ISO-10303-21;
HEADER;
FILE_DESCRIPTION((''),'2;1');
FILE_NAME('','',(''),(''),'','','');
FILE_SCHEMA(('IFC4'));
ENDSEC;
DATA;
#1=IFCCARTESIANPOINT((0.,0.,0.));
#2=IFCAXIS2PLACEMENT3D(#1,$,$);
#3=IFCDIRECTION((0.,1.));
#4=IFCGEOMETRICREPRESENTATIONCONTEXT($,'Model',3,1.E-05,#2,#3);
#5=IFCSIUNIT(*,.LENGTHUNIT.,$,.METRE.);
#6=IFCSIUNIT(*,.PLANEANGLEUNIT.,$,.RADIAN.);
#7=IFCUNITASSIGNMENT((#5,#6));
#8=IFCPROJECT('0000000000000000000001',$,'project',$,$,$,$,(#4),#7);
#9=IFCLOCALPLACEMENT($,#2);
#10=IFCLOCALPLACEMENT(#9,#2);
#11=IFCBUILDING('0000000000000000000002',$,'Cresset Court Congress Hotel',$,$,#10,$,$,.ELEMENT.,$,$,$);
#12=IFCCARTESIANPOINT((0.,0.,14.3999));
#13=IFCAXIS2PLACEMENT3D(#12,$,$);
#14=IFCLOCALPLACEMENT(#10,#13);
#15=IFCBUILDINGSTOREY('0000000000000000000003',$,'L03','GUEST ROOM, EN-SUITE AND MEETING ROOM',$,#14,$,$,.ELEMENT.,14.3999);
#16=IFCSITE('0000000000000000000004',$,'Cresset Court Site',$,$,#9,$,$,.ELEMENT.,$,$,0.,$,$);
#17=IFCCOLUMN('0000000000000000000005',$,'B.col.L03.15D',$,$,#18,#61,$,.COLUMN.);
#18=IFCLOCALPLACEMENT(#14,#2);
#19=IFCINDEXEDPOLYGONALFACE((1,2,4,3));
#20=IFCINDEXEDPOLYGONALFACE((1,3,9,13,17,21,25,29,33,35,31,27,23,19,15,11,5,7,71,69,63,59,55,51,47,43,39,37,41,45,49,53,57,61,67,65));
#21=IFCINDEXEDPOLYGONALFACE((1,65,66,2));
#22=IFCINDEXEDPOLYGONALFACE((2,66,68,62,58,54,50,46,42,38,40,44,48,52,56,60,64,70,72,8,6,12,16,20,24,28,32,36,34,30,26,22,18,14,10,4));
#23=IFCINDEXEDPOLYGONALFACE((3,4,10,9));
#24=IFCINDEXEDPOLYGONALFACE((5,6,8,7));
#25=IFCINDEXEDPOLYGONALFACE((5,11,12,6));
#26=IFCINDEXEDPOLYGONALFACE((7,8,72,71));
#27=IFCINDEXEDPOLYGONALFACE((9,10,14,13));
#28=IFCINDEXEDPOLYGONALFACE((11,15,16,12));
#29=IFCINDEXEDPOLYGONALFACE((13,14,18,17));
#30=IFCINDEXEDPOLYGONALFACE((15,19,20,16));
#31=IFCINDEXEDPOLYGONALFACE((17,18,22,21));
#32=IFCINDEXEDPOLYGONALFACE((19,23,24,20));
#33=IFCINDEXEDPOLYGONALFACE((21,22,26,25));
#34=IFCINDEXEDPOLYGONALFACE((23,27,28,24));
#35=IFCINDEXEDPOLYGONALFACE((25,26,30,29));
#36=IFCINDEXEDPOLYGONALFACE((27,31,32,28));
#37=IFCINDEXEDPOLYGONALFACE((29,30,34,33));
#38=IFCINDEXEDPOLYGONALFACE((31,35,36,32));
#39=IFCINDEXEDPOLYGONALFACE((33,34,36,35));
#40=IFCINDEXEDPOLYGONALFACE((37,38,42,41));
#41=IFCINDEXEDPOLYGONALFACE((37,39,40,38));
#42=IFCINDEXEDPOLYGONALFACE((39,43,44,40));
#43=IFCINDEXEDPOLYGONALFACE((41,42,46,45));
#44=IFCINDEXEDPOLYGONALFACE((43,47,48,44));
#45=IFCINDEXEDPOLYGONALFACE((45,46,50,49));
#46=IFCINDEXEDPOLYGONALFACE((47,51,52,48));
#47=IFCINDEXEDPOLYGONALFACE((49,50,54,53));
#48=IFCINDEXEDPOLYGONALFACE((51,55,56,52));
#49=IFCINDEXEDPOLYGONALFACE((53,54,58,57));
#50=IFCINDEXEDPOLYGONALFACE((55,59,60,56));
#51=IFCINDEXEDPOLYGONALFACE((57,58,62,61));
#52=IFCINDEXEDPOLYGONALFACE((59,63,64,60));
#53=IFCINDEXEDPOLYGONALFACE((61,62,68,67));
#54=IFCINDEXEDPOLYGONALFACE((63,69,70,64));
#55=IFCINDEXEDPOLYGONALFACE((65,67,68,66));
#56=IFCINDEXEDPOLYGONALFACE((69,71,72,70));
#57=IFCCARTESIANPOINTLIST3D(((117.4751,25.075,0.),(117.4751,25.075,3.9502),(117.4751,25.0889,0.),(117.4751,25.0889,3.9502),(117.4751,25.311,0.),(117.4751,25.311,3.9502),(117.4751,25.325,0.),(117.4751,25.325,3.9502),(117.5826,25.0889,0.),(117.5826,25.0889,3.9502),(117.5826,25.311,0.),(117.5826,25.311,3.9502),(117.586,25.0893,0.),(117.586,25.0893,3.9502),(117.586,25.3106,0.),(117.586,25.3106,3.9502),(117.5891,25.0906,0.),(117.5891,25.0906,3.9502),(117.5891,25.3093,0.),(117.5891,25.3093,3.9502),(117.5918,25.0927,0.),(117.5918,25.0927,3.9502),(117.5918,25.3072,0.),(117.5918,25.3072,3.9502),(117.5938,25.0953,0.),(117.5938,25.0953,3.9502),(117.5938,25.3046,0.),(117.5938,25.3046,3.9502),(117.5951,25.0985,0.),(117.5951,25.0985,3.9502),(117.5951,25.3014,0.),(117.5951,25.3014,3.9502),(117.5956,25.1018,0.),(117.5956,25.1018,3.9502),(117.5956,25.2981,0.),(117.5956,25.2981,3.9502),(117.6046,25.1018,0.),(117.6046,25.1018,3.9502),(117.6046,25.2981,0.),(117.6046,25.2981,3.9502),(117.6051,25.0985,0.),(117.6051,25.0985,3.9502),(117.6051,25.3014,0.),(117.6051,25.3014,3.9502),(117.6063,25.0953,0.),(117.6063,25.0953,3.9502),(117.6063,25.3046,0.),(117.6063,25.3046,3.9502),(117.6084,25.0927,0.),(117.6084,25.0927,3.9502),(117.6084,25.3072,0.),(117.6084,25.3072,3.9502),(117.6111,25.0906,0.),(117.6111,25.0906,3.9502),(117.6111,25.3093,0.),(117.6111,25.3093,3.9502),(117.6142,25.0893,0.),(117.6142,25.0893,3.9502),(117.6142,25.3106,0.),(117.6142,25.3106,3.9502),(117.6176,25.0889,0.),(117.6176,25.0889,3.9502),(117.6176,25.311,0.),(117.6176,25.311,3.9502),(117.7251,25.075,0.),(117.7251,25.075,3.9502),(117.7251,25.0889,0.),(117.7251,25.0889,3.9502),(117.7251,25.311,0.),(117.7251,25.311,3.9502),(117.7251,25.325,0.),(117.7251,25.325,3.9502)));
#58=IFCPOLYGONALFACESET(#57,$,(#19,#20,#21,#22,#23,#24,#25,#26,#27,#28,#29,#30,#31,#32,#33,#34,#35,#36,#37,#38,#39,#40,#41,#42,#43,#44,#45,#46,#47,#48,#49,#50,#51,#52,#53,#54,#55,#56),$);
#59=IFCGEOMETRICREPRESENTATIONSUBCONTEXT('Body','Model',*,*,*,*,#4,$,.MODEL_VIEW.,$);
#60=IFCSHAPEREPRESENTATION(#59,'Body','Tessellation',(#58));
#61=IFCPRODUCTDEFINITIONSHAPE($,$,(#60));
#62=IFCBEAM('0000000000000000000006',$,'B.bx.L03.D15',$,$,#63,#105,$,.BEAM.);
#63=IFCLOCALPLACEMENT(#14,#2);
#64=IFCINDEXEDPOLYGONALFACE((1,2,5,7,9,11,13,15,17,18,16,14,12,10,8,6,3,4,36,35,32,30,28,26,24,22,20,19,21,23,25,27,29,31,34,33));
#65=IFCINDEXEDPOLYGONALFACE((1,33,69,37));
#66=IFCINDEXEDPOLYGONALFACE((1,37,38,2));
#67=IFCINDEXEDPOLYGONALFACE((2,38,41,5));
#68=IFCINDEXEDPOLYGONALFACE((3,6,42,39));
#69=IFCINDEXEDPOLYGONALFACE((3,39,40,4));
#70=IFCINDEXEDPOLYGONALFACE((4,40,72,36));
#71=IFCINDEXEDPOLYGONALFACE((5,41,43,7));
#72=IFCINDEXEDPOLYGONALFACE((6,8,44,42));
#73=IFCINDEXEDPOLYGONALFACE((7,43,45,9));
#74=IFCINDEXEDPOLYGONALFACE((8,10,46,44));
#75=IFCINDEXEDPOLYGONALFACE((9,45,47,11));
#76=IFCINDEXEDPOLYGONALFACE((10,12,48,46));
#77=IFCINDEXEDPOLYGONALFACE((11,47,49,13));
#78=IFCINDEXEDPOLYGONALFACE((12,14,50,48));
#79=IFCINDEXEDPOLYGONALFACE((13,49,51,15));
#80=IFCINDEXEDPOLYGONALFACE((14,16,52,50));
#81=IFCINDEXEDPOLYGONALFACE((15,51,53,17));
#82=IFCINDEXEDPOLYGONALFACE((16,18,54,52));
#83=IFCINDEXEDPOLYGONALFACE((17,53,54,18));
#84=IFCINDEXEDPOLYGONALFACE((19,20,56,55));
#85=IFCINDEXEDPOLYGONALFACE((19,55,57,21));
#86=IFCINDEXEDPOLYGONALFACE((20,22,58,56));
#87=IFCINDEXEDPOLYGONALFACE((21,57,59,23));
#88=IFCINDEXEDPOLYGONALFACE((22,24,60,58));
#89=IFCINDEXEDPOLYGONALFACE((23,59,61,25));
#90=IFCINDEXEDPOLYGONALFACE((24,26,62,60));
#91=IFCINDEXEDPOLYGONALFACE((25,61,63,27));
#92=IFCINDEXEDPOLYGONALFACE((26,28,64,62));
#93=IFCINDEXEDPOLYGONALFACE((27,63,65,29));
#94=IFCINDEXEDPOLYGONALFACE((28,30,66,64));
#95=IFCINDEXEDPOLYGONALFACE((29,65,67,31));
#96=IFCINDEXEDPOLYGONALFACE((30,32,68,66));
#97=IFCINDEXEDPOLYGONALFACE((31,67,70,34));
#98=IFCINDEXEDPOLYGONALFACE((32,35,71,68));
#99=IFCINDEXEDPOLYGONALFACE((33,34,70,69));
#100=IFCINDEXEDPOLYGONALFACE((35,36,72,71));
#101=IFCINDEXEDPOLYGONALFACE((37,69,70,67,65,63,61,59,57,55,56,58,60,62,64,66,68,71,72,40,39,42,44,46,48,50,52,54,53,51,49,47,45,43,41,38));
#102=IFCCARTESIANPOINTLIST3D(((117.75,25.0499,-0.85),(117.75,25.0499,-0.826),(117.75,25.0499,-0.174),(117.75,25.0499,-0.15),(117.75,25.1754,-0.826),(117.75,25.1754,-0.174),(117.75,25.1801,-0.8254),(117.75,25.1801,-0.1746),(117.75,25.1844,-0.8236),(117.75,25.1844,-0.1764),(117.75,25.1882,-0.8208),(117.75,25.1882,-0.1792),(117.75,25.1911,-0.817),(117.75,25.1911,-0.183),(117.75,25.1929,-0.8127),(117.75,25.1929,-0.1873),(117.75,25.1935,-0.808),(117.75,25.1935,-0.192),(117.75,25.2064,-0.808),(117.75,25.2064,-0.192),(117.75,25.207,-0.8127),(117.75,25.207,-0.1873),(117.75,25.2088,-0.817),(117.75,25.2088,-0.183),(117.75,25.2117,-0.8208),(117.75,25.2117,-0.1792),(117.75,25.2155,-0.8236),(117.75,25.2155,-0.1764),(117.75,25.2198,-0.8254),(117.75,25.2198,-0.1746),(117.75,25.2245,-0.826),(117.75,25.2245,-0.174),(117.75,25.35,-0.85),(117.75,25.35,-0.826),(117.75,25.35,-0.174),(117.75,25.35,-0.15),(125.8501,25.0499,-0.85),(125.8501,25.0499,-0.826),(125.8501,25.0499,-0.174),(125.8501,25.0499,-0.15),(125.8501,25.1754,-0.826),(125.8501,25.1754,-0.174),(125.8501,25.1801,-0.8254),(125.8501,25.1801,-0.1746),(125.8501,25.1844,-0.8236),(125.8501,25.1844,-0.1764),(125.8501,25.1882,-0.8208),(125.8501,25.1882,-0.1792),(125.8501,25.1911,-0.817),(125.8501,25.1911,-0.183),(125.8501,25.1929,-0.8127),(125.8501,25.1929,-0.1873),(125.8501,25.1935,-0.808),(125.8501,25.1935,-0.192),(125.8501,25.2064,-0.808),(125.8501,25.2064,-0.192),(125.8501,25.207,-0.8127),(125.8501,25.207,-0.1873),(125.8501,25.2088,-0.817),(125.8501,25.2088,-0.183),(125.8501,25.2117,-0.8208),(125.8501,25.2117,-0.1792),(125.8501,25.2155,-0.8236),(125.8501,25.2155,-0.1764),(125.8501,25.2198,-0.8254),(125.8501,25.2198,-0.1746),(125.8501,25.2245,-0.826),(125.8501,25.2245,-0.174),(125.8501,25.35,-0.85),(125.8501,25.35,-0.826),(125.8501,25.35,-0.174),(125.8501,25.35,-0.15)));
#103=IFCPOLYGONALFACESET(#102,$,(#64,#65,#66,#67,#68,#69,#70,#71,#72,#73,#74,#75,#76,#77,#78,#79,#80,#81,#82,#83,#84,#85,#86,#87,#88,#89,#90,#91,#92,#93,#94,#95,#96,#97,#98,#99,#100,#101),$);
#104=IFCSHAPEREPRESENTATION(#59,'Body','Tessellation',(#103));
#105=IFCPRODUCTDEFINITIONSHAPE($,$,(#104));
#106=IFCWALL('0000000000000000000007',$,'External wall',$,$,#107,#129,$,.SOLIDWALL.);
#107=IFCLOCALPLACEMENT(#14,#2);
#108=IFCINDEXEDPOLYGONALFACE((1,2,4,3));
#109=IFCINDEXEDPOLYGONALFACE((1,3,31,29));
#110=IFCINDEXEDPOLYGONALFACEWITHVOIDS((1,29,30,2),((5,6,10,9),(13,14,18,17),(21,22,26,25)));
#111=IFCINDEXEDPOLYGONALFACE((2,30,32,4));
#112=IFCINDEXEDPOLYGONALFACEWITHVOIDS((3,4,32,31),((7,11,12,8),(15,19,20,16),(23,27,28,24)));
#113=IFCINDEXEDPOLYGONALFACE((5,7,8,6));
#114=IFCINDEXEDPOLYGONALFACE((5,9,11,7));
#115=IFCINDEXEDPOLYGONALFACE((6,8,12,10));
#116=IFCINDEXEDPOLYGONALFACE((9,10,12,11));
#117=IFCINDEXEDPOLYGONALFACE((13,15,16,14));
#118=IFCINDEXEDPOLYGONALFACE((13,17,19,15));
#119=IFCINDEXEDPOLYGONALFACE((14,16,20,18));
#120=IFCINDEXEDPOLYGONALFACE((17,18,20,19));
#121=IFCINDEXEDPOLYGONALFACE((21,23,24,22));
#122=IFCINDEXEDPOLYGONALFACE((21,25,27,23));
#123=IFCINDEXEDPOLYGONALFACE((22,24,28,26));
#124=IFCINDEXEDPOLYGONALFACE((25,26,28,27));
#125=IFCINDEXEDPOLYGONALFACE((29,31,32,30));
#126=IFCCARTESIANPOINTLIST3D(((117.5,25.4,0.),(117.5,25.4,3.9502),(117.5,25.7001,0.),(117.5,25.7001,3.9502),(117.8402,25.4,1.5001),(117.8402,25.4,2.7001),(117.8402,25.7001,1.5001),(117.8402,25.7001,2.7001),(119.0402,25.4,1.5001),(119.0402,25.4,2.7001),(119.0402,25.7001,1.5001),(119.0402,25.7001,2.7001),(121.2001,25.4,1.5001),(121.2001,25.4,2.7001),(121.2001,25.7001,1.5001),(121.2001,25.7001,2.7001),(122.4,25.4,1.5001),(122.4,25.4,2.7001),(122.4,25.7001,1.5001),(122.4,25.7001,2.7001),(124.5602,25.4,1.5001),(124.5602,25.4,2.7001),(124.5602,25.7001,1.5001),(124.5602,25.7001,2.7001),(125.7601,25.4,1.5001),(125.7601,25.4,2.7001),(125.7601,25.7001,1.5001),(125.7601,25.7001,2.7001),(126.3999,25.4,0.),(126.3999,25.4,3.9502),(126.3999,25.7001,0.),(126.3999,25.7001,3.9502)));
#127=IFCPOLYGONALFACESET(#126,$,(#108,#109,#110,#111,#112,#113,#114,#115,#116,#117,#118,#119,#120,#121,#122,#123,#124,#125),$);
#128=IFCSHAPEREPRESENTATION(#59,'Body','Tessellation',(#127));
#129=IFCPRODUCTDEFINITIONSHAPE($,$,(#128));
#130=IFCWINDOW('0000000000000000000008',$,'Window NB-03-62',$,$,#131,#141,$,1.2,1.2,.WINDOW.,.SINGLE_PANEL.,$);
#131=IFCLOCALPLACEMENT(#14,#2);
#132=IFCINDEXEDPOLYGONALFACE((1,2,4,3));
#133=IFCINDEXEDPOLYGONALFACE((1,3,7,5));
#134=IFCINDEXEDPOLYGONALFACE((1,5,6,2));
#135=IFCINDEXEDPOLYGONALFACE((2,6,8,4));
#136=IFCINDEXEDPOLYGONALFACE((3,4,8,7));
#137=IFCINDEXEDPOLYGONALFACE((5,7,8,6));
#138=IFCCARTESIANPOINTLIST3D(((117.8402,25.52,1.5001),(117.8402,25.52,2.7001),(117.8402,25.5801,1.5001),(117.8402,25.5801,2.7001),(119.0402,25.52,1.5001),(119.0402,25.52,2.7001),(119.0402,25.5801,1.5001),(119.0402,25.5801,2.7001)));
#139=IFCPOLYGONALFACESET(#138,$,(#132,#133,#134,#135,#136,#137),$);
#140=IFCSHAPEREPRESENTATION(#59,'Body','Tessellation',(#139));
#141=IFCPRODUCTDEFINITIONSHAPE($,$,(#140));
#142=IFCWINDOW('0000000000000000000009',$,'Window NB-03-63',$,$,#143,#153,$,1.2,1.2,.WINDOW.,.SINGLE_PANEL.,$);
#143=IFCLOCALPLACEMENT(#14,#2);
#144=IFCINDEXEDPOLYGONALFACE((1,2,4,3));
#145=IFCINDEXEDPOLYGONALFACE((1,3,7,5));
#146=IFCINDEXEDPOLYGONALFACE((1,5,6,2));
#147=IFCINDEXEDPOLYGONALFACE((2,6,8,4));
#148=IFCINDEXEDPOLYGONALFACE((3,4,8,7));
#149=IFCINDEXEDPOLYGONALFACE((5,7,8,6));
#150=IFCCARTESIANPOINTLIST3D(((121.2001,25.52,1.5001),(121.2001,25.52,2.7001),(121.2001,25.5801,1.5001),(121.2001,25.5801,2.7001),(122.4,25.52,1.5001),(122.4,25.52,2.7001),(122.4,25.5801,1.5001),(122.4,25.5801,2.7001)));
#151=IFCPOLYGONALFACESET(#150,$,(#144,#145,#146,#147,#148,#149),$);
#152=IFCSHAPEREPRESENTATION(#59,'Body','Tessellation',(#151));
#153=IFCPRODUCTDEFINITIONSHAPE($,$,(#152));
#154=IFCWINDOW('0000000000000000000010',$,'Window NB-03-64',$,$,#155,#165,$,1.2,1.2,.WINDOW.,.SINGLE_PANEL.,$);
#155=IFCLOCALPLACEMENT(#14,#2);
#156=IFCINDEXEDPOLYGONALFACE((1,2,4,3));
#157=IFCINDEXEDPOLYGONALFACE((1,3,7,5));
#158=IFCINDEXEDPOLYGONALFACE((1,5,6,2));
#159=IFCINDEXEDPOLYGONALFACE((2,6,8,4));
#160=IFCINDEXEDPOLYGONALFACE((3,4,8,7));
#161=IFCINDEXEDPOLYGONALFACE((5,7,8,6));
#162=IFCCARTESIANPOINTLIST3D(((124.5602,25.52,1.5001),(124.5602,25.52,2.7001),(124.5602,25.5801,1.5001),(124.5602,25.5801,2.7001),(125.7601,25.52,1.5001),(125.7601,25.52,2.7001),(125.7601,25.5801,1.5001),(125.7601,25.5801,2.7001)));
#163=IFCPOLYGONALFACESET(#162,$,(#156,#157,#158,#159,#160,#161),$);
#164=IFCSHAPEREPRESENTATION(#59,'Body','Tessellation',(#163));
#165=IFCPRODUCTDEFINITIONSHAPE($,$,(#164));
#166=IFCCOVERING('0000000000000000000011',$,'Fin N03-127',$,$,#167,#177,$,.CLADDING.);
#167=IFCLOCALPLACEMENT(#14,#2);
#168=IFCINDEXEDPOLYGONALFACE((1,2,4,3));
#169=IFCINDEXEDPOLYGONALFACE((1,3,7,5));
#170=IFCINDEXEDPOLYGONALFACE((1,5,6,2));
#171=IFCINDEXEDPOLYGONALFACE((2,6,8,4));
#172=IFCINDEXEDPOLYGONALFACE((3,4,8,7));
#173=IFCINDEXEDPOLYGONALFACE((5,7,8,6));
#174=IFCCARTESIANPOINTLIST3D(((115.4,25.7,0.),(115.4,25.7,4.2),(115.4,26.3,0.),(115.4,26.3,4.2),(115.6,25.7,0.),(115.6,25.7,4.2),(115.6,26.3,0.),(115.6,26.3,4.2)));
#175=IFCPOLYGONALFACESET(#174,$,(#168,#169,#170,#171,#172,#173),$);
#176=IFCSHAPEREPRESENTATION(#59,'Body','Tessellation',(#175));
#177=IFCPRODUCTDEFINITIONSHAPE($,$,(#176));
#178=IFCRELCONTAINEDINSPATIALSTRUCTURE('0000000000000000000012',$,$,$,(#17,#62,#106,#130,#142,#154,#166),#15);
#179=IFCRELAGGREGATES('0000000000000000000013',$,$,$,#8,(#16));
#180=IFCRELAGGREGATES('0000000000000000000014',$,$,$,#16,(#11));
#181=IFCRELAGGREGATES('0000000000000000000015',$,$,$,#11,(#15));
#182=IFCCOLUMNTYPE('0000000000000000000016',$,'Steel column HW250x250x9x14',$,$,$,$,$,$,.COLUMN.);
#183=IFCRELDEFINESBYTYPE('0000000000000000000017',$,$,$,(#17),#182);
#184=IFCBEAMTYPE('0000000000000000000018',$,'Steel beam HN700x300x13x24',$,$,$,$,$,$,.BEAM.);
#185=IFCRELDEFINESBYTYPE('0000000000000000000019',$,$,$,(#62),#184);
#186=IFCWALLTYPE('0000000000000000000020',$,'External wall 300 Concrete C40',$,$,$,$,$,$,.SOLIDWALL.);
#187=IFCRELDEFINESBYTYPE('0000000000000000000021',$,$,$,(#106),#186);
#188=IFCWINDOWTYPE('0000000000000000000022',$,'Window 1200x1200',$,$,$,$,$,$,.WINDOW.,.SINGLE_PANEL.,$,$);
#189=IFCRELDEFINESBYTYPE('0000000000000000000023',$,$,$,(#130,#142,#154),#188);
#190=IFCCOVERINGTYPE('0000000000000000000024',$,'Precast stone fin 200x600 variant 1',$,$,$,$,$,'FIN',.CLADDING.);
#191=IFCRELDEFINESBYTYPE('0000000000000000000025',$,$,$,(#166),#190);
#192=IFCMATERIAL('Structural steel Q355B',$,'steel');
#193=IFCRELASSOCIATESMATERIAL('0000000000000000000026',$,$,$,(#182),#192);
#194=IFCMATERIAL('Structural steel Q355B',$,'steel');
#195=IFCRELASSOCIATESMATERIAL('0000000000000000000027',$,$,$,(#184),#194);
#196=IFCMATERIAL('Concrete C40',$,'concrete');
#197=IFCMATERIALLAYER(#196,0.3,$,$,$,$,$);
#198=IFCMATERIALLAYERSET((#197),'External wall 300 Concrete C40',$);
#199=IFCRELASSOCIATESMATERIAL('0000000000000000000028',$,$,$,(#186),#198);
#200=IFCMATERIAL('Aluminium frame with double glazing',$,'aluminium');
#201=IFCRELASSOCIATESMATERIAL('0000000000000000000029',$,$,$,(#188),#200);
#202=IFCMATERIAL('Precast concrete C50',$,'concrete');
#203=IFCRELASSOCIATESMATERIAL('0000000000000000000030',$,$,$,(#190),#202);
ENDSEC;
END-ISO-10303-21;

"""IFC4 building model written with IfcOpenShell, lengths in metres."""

from ifc_helpers import new_model, si_unit, direction, frame, frame_2d, origin, origin_2d, place, context, subcontext, project, spatial, rectangle, i_section, extrude, material, layer, layer_set, material_profile, profile_set, type_object, element, fill, save


model = new_model("IFC4")

# Units and contexts
model_context = context("Model", 3, precision=1e-05, world=origin(), true_north=direction((0.0, 1.0)))
body_context = subcontext(model_context, "Body", "Model", "MODEL_VIEW")
ifc_project = project(units=[si_unit("LENGTHUNIT", "METRE"), si_unit("PLANEANGLEUNIT", "RADIAN")], contexts=[model_context])

# Site, building, storey
site_placement = place(None, origin())
site = spatial("IfcSite", under=ifc_project, at=site_placement, Name="Cresset Court Site", CompositionType="ELEMENT", RefElevation=0.0)
building_placement = place(site_placement, origin())
building = spatial("IfcBuilding", under=site, at=building_placement, Name="Cresset Court Congress Hotel", CompositionType="ELEMENT")
storey_placement = place(building_placement, frame((0.0, 0.0, 14.3999)))
storey = spatial("IfcBuildingStorey", under=building, at=storey_placement, Name="L03", Description="GUEST ROOM, EN-SUITE AND MEETING ROOM", CompositionType="ELEMENT", Elevation=14.3999)

# Column
ifc_material_1 = material(Name="Structural steel Q355B", Category="steel")
ifc_material_profile_1 = material_profile(ifc_material_1, i_section(OverallWidth=0.25, OverallDepth=0.25, WebThickness=0.009, FlangeThickness=0.0139, FilletRadius=0.0129, at=origin_2d()), Name="HW250x250x9x14")
ifc_profile_set_1 = profile_set([ifc_material_profile_1], Name="Structural steel Q355B")
column_type = type_object("IfcColumnType", Name="Steel column HW250x250x9x14", PredefinedType="COLUMN", material=ifc_profile_set_1)
column_placement = place(storey_placement, frame((117.6001, 25.2, 0.0), z_axis=(0.0, 0.0, 1.0), x_axis=(1.0, 0.0, 0.0)))
element("IfcColumn", 1, at=column_placement, inside=storey, type_object=column_type, Name="B.col.L03.15D", PredefinedType="COLUMN", context=body_context, shape_type="SweptSolid", body=[
    extrude(i_section(OverallWidth=0.25, OverallDepth=0.25, WebThickness=0.009, FlangeThickness=0.0139, FilletRadius=0.0129, at=origin_2d()), origin(), (0.0, 0.0, 1.0), 3.9502),
])

# Beam
ifc_material_2 = material(Name="Structural steel Q355B", Category="steel")
ifc_material_profile_2 = material_profile(ifc_material_2, i_section(OverallWidth=0.3, OverallDepth=0.7, WebThickness=0.0129, FlangeThickness=0.0239, FilletRadius=0.0181, at=origin_2d()), Name="HN700x300x13x24")
ifc_profile_set_2 = profile_set([ifc_material_profile_2], Name="Structural steel Q355B")
beam_type = type_object("IfcBeamType", Name="Steel beam HN700x300x13x24", PredefinedType="BEAM", material=ifc_profile_set_2)
beam_placement = place(storey_placement, frame((117.75, 25.2, -0.5), z_axis=(1.0, 0.0, 0.0), x_axis=(0.0, 1.0, 0.0)))
element("IfcBeam", 2, at=beam_placement, inside=storey, type_object=beam_type, Name="B.bx.L03.D15", PredefinedType="BEAM", context=body_context, shape_type="SweptSolid", body=[
    extrude(i_section(OverallWidth=0.3, OverallDepth=0.7, WebThickness=0.0129, FlangeThickness=0.0239, FilletRadius=0.0181, at=origin_2d()), origin(), (0.0, 0.0, 1.0), 8.1001),
])

# Wall, openings, windows
ifc_material_3 = material(Name="Concrete C40", Category="concrete")
ifc_layer = layer(ifc_material_3, 0.3)
ifc_layer_set = layer_set([ifc_layer], Name="External wall 300 Concrete C40")
wall_type = type_object("IfcWallType", Name="External wall 300 Concrete C40", PredefinedType="SOLIDWALL", material=ifc_layer_set)
wall_placement = place(storey_placement, frame((117.5, 25.55, 0.0), z_axis=(0.0, 0.0, 1.0), x_axis=(1.0, 0.0, 0.0)))
wall = element("IfcWall", 3, at=wall_placement, inside=storey, type_object=wall_type, Name="External wall", PredefinedType="SOLIDWALL", context=body_context, shape_type="SweptSolid", body=[
    extrude(rectangle(XDim=8.8999, YDim=0.3, at=frame_2d((4.45, 0.0))), origin(), (0.0, 0.0, 1.0), 3.9502),
])
opening_1_placement = place(wall_placement, frame((0.3401, 0.0, 1.5)))
opening_1 = element("IfcOpeningElement", 4, at=opening_1_placement, cuts=wall, PredefinedType="OPENING", context=body_context, shape_type="SweptSolid", body=[
    extrude(rectangle(XDim=1.2, YDim=1.2, at=frame_2d((0.6001, 0.6001))), frame((0.0, 0.1599, 0.0), z_axis=(0.0, -1.0, 0.0), x_axis=(1.0, 0.0, 0.0)), (0.0, 0.0, 1.0), 0.3201),
])
opening_2_placement = place(wall_placement, frame((3.7, 0.0, 1.5)))
opening_2 = element("IfcOpeningElement", 5, at=opening_2_placement, cuts=wall, PredefinedType="OPENING", context=body_context, shape_type="SweptSolid", body=[
    extrude(rectangle(XDim=1.2, YDim=1.2, at=frame_2d((0.6001, 0.6001))), frame((0.0, 0.1599, 0.0), z_axis=(0.0, -1.0, 0.0), x_axis=(1.0, 0.0, 0.0)), (0.0, 0.0, 1.0), 0.3201),
])
opening_3_placement = place(wall_placement, frame((7.0601, 0.0, 1.5)))
opening_3 = element("IfcOpeningElement", 6, at=opening_3_placement, cuts=wall, PredefinedType="OPENING", context=body_context, shape_type="SweptSolid", body=[
    extrude(rectangle(XDim=1.2, YDim=1.2, at=frame_2d((0.6001, 0.6001))), frame((0.0, 0.1599, 0.0), z_axis=(0.0, -1.0, 0.0), x_axis=(1.0, 0.0, 0.0)), (0.0, 0.0, 1.0), 0.3201),
])
ifc_material_4 = material(Name="Aluminium frame with double glazing", Category="aluminium")
window_type = type_object("IfcWindowType", Name="Window 1200x1200", PartitioningType="SINGLE_PANEL", PredefinedType="WINDOW", material=ifc_material_4)
window_1_placement = place(opening_1_placement, origin())
window_1 = element("IfcWindow", 7, at=window_1_placement, inside=storey, type_object=window_type, Name="Window NB-03-62", OverallHeight=1.2, OverallWidth=1.2, PartitioningType="SINGLE_PANEL", PredefinedType="WINDOW", context=body_context, shape_type="SweptSolid", body=[
    extrude(rectangle(XDim=1.2, YDim=1.2, at=frame_2d((0.6001, 0.6001))), frame((0.0, 0.03, 0.0), z_axis=(0.0, -1.0, 0.0), x_axis=(1.0, 0.0, 0.0)), (0.0, 0.0, 1.0), 0.0601),
])
fill(opening_1, window_1)
window_2_placement = place(opening_2_placement, origin())
window_2 = element("IfcWindow", 8, at=window_2_placement, inside=storey, type_object=window_type, Name="Window NB-03-63", OverallHeight=1.2, OverallWidth=1.2, PartitioningType="SINGLE_PANEL", PredefinedType="WINDOW", context=body_context, shape_type="SweptSolid", body=[
    extrude(rectangle(XDim=1.2, YDim=1.2, at=frame_2d((0.6001, 0.6001))), frame((0.0, 0.03, 0.0), z_axis=(0.0, -1.0, 0.0), x_axis=(1.0, 0.0, 0.0)), (0.0, 0.0, 1.0), 0.0601),
])
fill(opening_2, window_2)
window_3_placement = place(opening_3_placement, origin())
window_3 = element("IfcWindow", 9, at=window_3_placement, inside=storey, type_object=window_type, Name="Window NB-03-64", OverallHeight=1.2, OverallWidth=1.2, PartitioningType="SINGLE_PANEL", PredefinedType="WINDOW", context=body_context, shape_type="SweptSolid", body=[
    extrude(rectangle(XDim=1.2, YDim=1.2, at=frame_2d((0.6001, 0.6001))), frame((0.0, 0.03, 0.0), z_axis=(0.0, -1.0, 0.0), x_axis=(1.0, 0.0, 0.0)), (0.0, 0.0, 1.0), 0.0601),
])
fill(opening_3, window_3)

# Covering
ifc_material_5 = material(Name="Precast concrete C50", Category="concrete")
covering_type_1 = type_object("IfcCoveringType", Name="Precast stone fin 200x600 variant 1", ElementType="FIN", PredefinedType="CLADDING", material=ifc_material_5)
for number, where, z_axis, x_axis, name in (
    (10, (115.5, 26.0, 0.0), (0.0, 0.0, 1.0), (1.0, 0.0, 0.0), "Fin N03-127"),
):
    element("IfcCovering", number, at=place(storey_placement, frame(where, z_axis=z_axis, x_axis=x_axis)), inside=storey, type_object=covering_type_1, Name=name, PredefinedType="CLADDING", context=body_context, shape_type="SweptSolid", body=[
        extrude(rectangle(XDim=0.2, YDim=0.6001, at=origin_2d()), origin(), (0.0, 0.0, 1.0), 4.2),
    ])

save(model, "model.ifc")
